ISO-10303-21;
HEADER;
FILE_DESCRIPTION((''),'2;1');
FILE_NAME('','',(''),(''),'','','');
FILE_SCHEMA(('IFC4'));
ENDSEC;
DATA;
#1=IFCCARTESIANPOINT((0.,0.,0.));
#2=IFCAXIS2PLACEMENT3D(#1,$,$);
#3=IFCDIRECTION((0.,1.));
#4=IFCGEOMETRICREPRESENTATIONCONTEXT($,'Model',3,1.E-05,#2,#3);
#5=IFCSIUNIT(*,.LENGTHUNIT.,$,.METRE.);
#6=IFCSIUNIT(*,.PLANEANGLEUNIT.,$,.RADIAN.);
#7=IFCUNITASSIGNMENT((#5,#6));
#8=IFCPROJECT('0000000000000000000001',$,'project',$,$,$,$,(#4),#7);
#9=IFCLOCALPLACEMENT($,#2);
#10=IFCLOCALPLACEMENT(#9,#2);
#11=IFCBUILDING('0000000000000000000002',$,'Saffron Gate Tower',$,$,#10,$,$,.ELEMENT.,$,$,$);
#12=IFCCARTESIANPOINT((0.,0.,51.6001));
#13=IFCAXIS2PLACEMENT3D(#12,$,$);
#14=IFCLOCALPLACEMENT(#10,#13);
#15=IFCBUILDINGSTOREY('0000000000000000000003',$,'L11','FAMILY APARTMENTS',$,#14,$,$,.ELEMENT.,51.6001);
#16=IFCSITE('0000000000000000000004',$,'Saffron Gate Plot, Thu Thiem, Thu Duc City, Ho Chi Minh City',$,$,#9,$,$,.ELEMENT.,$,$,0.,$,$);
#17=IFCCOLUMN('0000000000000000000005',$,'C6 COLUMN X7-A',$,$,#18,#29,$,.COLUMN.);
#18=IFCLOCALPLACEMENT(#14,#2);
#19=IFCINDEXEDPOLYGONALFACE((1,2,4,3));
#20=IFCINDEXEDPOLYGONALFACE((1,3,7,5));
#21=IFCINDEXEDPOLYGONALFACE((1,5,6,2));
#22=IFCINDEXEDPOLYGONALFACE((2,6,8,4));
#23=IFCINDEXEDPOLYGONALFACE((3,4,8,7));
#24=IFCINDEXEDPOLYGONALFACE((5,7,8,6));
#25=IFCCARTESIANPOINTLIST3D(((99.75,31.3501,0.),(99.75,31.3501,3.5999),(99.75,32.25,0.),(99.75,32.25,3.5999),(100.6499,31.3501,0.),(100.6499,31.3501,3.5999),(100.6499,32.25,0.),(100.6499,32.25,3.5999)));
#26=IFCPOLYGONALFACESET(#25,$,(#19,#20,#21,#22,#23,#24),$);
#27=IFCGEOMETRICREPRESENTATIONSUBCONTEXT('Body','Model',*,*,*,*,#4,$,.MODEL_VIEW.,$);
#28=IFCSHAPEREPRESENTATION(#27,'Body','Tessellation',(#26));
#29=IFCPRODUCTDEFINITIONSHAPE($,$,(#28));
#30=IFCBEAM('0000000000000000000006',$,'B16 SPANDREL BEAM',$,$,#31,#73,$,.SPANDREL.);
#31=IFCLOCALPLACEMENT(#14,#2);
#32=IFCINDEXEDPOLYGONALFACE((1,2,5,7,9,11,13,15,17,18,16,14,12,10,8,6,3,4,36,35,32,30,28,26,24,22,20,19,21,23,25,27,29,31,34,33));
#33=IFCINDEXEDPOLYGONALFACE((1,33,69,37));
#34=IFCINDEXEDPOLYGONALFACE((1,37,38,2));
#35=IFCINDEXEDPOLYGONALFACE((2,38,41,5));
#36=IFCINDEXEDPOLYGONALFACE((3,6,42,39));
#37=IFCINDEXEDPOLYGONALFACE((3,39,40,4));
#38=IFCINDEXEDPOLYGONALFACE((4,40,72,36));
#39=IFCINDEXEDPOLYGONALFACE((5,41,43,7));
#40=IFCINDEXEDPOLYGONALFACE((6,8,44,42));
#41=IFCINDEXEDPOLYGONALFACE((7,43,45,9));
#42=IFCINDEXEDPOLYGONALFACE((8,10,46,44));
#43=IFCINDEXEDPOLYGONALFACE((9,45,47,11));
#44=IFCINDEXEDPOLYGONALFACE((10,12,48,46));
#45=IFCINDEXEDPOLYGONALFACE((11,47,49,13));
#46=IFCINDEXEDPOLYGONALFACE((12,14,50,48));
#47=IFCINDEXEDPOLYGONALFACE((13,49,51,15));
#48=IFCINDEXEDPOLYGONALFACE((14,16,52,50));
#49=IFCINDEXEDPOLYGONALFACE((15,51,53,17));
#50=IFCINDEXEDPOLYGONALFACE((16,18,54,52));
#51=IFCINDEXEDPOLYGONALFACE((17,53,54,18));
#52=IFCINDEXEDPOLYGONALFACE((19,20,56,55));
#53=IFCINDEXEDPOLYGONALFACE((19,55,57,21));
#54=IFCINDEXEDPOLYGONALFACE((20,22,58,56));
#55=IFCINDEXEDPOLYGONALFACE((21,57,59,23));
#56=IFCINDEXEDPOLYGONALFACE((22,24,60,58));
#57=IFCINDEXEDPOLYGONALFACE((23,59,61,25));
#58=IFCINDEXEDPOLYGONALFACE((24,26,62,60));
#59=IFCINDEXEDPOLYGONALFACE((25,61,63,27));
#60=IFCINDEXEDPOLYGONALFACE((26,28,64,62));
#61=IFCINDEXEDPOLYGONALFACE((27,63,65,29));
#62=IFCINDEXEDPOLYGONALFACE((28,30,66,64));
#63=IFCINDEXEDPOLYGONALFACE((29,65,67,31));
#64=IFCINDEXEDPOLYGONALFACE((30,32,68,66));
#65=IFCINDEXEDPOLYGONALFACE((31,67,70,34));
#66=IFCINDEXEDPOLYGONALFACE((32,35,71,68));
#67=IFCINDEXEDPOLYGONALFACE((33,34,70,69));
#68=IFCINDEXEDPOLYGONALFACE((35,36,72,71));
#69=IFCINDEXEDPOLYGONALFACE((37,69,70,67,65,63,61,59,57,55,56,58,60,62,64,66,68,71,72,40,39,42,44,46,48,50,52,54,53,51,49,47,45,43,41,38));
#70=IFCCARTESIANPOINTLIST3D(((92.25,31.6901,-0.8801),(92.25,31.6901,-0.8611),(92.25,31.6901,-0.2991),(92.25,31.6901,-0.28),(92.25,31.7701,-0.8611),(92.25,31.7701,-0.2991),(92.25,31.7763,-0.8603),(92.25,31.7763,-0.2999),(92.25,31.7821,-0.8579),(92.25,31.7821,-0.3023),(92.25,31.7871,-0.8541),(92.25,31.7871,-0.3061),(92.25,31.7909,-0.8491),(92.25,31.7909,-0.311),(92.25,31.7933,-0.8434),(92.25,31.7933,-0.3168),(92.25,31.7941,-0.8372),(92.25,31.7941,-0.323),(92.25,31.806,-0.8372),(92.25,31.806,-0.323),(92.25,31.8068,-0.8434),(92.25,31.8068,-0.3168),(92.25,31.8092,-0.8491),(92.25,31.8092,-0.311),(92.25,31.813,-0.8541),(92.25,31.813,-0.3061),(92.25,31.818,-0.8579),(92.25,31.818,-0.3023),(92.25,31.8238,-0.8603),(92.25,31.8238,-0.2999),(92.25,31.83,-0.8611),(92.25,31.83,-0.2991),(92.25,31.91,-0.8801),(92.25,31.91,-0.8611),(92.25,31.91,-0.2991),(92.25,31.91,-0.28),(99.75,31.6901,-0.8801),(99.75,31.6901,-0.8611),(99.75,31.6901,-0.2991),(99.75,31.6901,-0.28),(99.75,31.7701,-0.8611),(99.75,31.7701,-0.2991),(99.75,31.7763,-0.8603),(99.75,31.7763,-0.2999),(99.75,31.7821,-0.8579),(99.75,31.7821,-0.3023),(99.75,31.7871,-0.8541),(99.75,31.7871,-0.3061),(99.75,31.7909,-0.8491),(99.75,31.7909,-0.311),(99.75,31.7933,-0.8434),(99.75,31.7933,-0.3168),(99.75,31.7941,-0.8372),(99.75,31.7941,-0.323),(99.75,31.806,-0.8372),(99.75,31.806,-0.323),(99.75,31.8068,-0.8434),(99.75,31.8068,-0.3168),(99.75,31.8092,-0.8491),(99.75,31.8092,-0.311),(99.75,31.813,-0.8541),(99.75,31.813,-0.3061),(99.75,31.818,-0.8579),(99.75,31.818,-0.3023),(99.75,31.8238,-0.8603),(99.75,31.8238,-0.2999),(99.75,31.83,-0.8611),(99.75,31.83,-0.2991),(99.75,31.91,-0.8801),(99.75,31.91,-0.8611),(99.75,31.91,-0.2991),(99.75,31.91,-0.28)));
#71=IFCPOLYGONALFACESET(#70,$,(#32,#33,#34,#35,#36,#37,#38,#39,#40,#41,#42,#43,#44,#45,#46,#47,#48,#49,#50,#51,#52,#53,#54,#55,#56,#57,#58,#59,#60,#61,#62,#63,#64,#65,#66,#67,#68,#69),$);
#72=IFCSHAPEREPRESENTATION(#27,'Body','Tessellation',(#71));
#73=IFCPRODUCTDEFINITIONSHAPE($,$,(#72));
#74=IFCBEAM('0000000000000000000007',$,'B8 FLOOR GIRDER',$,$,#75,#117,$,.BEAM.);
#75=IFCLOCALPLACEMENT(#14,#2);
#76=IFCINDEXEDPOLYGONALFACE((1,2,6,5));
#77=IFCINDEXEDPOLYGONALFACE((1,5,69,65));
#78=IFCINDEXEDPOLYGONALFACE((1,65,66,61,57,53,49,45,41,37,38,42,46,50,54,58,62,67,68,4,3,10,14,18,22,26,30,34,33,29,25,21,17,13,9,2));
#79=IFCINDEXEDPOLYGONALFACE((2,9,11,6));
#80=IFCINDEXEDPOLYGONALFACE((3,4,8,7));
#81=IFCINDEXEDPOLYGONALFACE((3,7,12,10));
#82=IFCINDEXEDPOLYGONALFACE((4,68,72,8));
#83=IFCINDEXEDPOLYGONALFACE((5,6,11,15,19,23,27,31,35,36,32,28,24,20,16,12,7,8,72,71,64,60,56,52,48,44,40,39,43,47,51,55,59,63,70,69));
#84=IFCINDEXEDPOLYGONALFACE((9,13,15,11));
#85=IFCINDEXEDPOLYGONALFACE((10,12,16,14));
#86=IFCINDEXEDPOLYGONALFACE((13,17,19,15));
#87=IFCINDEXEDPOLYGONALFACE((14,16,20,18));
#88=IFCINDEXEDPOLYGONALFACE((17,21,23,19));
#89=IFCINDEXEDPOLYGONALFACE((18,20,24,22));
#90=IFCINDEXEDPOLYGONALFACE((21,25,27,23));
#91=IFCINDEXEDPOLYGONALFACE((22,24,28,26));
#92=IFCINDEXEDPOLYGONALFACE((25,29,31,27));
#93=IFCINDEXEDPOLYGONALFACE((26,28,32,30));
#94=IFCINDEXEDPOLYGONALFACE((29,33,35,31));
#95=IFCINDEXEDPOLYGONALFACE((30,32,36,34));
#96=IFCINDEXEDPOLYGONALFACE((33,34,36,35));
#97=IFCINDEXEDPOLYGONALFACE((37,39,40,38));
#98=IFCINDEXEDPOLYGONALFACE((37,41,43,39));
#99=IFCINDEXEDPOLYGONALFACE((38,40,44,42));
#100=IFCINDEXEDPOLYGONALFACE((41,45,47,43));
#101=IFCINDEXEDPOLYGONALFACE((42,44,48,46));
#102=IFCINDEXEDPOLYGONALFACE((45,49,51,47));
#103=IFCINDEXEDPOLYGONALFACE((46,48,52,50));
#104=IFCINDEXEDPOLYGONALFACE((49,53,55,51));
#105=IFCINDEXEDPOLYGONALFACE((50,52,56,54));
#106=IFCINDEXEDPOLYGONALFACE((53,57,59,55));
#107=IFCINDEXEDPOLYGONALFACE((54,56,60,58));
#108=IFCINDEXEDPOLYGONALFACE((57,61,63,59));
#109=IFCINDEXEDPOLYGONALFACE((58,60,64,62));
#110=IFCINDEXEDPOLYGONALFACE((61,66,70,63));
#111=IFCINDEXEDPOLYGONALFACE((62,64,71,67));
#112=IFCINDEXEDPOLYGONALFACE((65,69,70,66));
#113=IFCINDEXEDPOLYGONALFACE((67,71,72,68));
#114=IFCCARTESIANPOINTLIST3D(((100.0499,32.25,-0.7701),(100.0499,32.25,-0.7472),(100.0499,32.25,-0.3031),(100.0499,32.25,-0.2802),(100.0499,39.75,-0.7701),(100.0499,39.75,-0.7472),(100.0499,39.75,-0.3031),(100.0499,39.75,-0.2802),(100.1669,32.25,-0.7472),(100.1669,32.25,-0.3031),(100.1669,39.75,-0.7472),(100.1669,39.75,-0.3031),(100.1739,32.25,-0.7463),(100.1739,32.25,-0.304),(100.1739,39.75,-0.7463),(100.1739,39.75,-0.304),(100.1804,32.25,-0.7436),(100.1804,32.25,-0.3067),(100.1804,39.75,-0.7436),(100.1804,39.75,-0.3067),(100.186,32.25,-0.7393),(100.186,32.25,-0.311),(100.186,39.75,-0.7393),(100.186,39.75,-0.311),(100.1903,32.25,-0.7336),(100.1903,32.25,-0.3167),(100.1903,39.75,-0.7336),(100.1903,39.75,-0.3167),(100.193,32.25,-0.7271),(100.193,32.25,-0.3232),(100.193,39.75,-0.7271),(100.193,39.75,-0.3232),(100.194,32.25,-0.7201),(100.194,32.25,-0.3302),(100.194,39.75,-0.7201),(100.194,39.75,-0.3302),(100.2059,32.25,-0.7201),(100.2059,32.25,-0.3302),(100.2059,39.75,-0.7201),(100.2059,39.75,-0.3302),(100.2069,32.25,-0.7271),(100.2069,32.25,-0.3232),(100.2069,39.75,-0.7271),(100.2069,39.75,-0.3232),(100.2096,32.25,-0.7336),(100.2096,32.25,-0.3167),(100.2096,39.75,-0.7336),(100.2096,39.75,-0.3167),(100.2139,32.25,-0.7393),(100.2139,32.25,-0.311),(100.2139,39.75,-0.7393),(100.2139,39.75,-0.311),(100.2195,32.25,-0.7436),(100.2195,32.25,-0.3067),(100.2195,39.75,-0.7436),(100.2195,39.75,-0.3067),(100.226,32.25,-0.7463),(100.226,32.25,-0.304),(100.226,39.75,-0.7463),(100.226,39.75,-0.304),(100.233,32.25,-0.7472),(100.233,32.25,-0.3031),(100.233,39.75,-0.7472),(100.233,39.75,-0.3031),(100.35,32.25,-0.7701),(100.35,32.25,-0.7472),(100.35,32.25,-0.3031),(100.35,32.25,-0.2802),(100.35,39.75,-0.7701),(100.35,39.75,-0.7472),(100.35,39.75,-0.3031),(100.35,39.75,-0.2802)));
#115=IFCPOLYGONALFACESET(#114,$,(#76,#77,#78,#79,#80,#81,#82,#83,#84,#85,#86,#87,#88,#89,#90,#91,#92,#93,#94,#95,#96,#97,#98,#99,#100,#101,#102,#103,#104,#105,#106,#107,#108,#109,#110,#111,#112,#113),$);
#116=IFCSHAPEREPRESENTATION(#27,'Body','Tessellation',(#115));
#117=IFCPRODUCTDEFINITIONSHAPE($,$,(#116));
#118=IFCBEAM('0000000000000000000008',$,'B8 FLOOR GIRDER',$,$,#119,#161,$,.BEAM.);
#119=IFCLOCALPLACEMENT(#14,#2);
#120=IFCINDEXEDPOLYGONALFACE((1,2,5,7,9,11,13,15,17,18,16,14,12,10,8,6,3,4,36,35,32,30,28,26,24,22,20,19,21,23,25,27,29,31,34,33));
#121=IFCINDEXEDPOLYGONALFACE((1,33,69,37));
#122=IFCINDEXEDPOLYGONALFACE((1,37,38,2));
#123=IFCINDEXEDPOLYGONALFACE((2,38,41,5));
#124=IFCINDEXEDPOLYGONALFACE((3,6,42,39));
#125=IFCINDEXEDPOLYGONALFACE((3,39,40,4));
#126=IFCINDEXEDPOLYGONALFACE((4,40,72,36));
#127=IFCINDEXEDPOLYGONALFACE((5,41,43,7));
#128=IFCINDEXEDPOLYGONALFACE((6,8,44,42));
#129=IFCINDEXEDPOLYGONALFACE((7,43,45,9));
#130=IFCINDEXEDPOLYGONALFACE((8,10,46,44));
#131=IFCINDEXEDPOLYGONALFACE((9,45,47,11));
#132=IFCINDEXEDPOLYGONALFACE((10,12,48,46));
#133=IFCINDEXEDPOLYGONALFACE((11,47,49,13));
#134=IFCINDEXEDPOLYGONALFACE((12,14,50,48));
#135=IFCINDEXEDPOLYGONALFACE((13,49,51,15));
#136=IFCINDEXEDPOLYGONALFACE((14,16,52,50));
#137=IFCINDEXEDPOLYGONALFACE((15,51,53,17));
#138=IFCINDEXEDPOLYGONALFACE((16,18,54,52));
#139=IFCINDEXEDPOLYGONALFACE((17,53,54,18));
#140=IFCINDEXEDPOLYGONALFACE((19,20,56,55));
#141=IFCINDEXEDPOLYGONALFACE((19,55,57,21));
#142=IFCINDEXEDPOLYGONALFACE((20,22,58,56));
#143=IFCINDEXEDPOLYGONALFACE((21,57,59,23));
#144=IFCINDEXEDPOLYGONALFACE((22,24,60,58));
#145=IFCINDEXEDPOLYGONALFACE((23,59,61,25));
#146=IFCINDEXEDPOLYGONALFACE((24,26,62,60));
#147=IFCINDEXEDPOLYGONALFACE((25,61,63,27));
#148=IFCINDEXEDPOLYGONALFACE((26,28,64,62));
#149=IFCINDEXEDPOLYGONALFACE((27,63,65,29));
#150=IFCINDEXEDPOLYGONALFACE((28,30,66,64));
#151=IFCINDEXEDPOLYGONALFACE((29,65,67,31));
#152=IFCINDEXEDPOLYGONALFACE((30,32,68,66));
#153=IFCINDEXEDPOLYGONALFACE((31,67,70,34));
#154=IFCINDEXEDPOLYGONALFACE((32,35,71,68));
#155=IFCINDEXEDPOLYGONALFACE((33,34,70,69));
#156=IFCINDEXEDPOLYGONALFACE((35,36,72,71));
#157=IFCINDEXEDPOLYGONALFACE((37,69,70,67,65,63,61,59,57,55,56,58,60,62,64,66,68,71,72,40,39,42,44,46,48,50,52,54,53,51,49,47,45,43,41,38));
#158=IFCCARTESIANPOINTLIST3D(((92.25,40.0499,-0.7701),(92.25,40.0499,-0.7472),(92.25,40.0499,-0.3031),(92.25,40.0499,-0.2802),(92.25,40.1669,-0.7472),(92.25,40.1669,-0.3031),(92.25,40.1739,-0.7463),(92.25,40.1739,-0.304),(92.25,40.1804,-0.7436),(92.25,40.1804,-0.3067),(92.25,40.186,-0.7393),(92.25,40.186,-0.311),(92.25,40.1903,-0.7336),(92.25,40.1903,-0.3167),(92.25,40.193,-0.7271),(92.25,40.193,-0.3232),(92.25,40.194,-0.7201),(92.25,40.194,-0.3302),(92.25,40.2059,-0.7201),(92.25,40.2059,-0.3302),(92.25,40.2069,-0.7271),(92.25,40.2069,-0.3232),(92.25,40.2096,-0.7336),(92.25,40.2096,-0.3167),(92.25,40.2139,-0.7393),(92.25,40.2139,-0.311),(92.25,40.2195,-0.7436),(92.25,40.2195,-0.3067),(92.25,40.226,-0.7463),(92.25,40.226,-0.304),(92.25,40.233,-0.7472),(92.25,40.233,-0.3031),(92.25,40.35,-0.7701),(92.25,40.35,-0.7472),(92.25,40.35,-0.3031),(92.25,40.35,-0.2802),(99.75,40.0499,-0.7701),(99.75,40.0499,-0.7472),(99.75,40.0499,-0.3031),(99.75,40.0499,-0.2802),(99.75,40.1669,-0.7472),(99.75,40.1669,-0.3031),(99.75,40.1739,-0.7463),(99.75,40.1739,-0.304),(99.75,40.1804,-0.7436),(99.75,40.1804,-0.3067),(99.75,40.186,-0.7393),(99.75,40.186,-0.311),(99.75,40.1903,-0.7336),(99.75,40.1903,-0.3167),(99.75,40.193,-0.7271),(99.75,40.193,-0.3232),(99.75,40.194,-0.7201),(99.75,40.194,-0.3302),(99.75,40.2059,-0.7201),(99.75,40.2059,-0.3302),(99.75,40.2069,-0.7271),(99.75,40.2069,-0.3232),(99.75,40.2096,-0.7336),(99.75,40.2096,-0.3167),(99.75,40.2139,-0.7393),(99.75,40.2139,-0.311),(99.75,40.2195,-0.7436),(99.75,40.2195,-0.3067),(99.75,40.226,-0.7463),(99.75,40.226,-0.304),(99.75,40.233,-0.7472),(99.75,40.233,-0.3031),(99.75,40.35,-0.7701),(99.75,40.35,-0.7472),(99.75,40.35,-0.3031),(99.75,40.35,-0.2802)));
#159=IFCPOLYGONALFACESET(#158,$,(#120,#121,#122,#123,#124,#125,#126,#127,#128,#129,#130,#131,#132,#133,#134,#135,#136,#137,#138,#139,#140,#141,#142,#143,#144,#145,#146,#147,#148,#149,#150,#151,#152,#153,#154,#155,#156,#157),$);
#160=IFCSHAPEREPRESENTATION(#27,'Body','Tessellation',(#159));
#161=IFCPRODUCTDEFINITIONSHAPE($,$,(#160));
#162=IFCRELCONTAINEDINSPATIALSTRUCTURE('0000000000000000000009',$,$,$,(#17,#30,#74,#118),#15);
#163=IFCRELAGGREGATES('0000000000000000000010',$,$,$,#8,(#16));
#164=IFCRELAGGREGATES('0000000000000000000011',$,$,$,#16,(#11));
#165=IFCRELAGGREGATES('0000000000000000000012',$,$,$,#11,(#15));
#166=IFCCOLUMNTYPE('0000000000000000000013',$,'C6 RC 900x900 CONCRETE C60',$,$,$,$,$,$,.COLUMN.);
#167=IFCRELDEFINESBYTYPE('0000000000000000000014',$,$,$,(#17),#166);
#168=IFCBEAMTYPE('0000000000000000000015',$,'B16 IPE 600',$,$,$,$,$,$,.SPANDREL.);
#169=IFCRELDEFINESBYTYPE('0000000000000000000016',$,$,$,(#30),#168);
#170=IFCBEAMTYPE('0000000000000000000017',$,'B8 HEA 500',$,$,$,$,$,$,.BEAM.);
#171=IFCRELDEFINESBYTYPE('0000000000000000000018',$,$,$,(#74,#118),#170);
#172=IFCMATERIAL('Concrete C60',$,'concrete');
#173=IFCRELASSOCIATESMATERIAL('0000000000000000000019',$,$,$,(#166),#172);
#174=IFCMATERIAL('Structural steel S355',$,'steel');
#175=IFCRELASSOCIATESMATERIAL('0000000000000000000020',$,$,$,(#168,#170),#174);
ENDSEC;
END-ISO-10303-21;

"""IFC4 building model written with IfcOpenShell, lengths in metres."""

from ifc_helpers import new_model, si_unit, direction, frame, origin, origin_2d, place, context, subcontext, project, spatial, rectangle, i_section, extrude, material, material_profile, profile_set, type_object, element, save


model = new_model("IFC4")

# Units and contexts
model_context = context("Model", 3, precision=1e-05, world=origin(), true_north=direction((0.0, 1.0)))
body_context = subcontext(model_context, "Body", "Model", "MODEL_VIEW")
ifc_project = project(units=[si_unit("LENGTHUNIT", "METRE"), si_unit("PLANEANGLEUNIT", "RADIAN")], contexts=[model_context])

# Site, building, storey
site_placement = place(None, origin())
site = spatial("IfcSite", under=ifc_project, at=site_placement, Name="Saffron Gate Plot, Thu Thiem, Thu Duc City, Ho Chi Minh City", CompositionType="ELEMENT", RefElevation=0.0)
building_placement = place(site_placement, origin())
building = spatial("IfcBuilding", under=site, at=building_placement, Name="Saffron Gate Tower", CompositionType="ELEMENT")
storey_placement = place(building_placement, frame((0.0, 0.0, 51.6001)))
storey = spatial("IfcBuildingStorey", under=building, at=storey_placement, Name="L11", Description="FAMILY APARTMENTS", CompositionType="ELEMENT", Elevation=51.6001)

# Column
ifc_material_1 = material(Name="Concrete C60", Category="concrete")
ifc_material_profile_1 = material_profile(ifc_material_1, rectangle(XDim=0.8999, YDim=0.8999, at=origin_2d()))
ifc_profile_set_1 = profile_set([ifc_material_profile_1], Name="Concrete C60")
column_type = type_object("IfcColumnType", Name="C6 RC 900x900 CONCRETE C60", PredefinedType="COLUMN", material=ifc_profile_set_1)
column_placement = place(storey_placement, frame((100.2, 31.8, 0.0), z_axis=(0.0, 0.0, 1.0), x_axis=(1.0, 0.0, 0.0)))
element("IfcColumn", 1, at=column_placement, inside=storey, type_object=column_type, Name="C6 COLUMN X7-A", PredefinedType="COLUMN", context=body_context, shape_type="SweptSolid", body=[
    extrude(rectangle(XDim=0.8999, YDim=0.8999, at=origin_2d()), origin(), (0.0, 0.0, 1.0), 3.5999),
])

# Beams
ifc_material_2 = material(Name="Structural steel S355", Category="steel")
ifc_material_profile_2 = material_profile(ifc_material_2, i_section(OverallWidth=0.22, OverallDepth=0.6001, WebThickness=0.012, FlangeThickness=0.019, FilletRadius=0.0239, at=origin_2d()))
ifc_profile_set_2 = profile_set([ifc_material_profile_2], Name="Structural steel S355")
beam_type_1 = type_object("IfcBeamType", Name="B16 IPE 600", PredefinedType="SPANDREL", material=ifc_profile_set_2)
beam_placement = place(storey_placement, frame((92.25, 31.8, -0.5801), z_axis=(1.0, 0.0, 0.0), x_axis=(0.0, 1.0, 0.0)))
element("IfcBeam", 2, at=beam_placement, inside=storey, type_object=beam_type_1, Name="B16 SPANDREL BEAM", PredefinedType="SPANDREL", context=body_context, shape_type="SweptSolid", body=[
    extrude(i_section(OverallWidth=0.22, OverallDepth=0.6001, WebThickness=0.012, FlangeThickness=0.019, FilletRadius=0.0239, at=origin_2d()), origin(), (0.0, 0.0, 1.0), 7.5),
])
ifc_material_profile_3 = material_profile(ifc_material_2, i_section(OverallWidth=0.3, OverallDepth=0.49, WebThickness=0.012, FlangeThickness=0.0229, FilletRadius=0.0271, at=origin_2d()))
ifc_profile_set_3 = profile_set([ifc_material_profile_3], Name="Structural steel S355")
beam_type_2 = type_object("IfcBeamType", Name="B8 HEA 500", PredefinedType="BEAM", material=ifc_profile_set_3)
for number, where, z_axis, x_axis, name in (
    (3, (100.2, 32.25, -0.5251), (0.0, 1.0, 0.0), (-1.0, 0.0, 0.0), "B8 FLOOR GIRDER"),
    (4, (92.25, 40.2, -0.5251), (1.0, 0.0, 0.0), (0.0, 1.0, 0.0), "B8 FLOOR GIRDER"),
):
    element("IfcBeam", number, at=place(storey_placement, frame(where, z_axis=z_axis, x_axis=x_axis)), inside=storey, type_object=beam_type_2, Name=name, PredefinedType="BEAM", context=body_context, shape_type="SweptSolid", body=[
        extrude(i_section(OverallWidth=0.3, OverallDepth=0.49, WebThickness=0.012, FlangeThickness=0.0229, FilletRadius=0.0271, at=origin_2d()), origin(), (0.0, 0.0, 1.0), 7.5),
    ])

save(model, "model.ifc")
